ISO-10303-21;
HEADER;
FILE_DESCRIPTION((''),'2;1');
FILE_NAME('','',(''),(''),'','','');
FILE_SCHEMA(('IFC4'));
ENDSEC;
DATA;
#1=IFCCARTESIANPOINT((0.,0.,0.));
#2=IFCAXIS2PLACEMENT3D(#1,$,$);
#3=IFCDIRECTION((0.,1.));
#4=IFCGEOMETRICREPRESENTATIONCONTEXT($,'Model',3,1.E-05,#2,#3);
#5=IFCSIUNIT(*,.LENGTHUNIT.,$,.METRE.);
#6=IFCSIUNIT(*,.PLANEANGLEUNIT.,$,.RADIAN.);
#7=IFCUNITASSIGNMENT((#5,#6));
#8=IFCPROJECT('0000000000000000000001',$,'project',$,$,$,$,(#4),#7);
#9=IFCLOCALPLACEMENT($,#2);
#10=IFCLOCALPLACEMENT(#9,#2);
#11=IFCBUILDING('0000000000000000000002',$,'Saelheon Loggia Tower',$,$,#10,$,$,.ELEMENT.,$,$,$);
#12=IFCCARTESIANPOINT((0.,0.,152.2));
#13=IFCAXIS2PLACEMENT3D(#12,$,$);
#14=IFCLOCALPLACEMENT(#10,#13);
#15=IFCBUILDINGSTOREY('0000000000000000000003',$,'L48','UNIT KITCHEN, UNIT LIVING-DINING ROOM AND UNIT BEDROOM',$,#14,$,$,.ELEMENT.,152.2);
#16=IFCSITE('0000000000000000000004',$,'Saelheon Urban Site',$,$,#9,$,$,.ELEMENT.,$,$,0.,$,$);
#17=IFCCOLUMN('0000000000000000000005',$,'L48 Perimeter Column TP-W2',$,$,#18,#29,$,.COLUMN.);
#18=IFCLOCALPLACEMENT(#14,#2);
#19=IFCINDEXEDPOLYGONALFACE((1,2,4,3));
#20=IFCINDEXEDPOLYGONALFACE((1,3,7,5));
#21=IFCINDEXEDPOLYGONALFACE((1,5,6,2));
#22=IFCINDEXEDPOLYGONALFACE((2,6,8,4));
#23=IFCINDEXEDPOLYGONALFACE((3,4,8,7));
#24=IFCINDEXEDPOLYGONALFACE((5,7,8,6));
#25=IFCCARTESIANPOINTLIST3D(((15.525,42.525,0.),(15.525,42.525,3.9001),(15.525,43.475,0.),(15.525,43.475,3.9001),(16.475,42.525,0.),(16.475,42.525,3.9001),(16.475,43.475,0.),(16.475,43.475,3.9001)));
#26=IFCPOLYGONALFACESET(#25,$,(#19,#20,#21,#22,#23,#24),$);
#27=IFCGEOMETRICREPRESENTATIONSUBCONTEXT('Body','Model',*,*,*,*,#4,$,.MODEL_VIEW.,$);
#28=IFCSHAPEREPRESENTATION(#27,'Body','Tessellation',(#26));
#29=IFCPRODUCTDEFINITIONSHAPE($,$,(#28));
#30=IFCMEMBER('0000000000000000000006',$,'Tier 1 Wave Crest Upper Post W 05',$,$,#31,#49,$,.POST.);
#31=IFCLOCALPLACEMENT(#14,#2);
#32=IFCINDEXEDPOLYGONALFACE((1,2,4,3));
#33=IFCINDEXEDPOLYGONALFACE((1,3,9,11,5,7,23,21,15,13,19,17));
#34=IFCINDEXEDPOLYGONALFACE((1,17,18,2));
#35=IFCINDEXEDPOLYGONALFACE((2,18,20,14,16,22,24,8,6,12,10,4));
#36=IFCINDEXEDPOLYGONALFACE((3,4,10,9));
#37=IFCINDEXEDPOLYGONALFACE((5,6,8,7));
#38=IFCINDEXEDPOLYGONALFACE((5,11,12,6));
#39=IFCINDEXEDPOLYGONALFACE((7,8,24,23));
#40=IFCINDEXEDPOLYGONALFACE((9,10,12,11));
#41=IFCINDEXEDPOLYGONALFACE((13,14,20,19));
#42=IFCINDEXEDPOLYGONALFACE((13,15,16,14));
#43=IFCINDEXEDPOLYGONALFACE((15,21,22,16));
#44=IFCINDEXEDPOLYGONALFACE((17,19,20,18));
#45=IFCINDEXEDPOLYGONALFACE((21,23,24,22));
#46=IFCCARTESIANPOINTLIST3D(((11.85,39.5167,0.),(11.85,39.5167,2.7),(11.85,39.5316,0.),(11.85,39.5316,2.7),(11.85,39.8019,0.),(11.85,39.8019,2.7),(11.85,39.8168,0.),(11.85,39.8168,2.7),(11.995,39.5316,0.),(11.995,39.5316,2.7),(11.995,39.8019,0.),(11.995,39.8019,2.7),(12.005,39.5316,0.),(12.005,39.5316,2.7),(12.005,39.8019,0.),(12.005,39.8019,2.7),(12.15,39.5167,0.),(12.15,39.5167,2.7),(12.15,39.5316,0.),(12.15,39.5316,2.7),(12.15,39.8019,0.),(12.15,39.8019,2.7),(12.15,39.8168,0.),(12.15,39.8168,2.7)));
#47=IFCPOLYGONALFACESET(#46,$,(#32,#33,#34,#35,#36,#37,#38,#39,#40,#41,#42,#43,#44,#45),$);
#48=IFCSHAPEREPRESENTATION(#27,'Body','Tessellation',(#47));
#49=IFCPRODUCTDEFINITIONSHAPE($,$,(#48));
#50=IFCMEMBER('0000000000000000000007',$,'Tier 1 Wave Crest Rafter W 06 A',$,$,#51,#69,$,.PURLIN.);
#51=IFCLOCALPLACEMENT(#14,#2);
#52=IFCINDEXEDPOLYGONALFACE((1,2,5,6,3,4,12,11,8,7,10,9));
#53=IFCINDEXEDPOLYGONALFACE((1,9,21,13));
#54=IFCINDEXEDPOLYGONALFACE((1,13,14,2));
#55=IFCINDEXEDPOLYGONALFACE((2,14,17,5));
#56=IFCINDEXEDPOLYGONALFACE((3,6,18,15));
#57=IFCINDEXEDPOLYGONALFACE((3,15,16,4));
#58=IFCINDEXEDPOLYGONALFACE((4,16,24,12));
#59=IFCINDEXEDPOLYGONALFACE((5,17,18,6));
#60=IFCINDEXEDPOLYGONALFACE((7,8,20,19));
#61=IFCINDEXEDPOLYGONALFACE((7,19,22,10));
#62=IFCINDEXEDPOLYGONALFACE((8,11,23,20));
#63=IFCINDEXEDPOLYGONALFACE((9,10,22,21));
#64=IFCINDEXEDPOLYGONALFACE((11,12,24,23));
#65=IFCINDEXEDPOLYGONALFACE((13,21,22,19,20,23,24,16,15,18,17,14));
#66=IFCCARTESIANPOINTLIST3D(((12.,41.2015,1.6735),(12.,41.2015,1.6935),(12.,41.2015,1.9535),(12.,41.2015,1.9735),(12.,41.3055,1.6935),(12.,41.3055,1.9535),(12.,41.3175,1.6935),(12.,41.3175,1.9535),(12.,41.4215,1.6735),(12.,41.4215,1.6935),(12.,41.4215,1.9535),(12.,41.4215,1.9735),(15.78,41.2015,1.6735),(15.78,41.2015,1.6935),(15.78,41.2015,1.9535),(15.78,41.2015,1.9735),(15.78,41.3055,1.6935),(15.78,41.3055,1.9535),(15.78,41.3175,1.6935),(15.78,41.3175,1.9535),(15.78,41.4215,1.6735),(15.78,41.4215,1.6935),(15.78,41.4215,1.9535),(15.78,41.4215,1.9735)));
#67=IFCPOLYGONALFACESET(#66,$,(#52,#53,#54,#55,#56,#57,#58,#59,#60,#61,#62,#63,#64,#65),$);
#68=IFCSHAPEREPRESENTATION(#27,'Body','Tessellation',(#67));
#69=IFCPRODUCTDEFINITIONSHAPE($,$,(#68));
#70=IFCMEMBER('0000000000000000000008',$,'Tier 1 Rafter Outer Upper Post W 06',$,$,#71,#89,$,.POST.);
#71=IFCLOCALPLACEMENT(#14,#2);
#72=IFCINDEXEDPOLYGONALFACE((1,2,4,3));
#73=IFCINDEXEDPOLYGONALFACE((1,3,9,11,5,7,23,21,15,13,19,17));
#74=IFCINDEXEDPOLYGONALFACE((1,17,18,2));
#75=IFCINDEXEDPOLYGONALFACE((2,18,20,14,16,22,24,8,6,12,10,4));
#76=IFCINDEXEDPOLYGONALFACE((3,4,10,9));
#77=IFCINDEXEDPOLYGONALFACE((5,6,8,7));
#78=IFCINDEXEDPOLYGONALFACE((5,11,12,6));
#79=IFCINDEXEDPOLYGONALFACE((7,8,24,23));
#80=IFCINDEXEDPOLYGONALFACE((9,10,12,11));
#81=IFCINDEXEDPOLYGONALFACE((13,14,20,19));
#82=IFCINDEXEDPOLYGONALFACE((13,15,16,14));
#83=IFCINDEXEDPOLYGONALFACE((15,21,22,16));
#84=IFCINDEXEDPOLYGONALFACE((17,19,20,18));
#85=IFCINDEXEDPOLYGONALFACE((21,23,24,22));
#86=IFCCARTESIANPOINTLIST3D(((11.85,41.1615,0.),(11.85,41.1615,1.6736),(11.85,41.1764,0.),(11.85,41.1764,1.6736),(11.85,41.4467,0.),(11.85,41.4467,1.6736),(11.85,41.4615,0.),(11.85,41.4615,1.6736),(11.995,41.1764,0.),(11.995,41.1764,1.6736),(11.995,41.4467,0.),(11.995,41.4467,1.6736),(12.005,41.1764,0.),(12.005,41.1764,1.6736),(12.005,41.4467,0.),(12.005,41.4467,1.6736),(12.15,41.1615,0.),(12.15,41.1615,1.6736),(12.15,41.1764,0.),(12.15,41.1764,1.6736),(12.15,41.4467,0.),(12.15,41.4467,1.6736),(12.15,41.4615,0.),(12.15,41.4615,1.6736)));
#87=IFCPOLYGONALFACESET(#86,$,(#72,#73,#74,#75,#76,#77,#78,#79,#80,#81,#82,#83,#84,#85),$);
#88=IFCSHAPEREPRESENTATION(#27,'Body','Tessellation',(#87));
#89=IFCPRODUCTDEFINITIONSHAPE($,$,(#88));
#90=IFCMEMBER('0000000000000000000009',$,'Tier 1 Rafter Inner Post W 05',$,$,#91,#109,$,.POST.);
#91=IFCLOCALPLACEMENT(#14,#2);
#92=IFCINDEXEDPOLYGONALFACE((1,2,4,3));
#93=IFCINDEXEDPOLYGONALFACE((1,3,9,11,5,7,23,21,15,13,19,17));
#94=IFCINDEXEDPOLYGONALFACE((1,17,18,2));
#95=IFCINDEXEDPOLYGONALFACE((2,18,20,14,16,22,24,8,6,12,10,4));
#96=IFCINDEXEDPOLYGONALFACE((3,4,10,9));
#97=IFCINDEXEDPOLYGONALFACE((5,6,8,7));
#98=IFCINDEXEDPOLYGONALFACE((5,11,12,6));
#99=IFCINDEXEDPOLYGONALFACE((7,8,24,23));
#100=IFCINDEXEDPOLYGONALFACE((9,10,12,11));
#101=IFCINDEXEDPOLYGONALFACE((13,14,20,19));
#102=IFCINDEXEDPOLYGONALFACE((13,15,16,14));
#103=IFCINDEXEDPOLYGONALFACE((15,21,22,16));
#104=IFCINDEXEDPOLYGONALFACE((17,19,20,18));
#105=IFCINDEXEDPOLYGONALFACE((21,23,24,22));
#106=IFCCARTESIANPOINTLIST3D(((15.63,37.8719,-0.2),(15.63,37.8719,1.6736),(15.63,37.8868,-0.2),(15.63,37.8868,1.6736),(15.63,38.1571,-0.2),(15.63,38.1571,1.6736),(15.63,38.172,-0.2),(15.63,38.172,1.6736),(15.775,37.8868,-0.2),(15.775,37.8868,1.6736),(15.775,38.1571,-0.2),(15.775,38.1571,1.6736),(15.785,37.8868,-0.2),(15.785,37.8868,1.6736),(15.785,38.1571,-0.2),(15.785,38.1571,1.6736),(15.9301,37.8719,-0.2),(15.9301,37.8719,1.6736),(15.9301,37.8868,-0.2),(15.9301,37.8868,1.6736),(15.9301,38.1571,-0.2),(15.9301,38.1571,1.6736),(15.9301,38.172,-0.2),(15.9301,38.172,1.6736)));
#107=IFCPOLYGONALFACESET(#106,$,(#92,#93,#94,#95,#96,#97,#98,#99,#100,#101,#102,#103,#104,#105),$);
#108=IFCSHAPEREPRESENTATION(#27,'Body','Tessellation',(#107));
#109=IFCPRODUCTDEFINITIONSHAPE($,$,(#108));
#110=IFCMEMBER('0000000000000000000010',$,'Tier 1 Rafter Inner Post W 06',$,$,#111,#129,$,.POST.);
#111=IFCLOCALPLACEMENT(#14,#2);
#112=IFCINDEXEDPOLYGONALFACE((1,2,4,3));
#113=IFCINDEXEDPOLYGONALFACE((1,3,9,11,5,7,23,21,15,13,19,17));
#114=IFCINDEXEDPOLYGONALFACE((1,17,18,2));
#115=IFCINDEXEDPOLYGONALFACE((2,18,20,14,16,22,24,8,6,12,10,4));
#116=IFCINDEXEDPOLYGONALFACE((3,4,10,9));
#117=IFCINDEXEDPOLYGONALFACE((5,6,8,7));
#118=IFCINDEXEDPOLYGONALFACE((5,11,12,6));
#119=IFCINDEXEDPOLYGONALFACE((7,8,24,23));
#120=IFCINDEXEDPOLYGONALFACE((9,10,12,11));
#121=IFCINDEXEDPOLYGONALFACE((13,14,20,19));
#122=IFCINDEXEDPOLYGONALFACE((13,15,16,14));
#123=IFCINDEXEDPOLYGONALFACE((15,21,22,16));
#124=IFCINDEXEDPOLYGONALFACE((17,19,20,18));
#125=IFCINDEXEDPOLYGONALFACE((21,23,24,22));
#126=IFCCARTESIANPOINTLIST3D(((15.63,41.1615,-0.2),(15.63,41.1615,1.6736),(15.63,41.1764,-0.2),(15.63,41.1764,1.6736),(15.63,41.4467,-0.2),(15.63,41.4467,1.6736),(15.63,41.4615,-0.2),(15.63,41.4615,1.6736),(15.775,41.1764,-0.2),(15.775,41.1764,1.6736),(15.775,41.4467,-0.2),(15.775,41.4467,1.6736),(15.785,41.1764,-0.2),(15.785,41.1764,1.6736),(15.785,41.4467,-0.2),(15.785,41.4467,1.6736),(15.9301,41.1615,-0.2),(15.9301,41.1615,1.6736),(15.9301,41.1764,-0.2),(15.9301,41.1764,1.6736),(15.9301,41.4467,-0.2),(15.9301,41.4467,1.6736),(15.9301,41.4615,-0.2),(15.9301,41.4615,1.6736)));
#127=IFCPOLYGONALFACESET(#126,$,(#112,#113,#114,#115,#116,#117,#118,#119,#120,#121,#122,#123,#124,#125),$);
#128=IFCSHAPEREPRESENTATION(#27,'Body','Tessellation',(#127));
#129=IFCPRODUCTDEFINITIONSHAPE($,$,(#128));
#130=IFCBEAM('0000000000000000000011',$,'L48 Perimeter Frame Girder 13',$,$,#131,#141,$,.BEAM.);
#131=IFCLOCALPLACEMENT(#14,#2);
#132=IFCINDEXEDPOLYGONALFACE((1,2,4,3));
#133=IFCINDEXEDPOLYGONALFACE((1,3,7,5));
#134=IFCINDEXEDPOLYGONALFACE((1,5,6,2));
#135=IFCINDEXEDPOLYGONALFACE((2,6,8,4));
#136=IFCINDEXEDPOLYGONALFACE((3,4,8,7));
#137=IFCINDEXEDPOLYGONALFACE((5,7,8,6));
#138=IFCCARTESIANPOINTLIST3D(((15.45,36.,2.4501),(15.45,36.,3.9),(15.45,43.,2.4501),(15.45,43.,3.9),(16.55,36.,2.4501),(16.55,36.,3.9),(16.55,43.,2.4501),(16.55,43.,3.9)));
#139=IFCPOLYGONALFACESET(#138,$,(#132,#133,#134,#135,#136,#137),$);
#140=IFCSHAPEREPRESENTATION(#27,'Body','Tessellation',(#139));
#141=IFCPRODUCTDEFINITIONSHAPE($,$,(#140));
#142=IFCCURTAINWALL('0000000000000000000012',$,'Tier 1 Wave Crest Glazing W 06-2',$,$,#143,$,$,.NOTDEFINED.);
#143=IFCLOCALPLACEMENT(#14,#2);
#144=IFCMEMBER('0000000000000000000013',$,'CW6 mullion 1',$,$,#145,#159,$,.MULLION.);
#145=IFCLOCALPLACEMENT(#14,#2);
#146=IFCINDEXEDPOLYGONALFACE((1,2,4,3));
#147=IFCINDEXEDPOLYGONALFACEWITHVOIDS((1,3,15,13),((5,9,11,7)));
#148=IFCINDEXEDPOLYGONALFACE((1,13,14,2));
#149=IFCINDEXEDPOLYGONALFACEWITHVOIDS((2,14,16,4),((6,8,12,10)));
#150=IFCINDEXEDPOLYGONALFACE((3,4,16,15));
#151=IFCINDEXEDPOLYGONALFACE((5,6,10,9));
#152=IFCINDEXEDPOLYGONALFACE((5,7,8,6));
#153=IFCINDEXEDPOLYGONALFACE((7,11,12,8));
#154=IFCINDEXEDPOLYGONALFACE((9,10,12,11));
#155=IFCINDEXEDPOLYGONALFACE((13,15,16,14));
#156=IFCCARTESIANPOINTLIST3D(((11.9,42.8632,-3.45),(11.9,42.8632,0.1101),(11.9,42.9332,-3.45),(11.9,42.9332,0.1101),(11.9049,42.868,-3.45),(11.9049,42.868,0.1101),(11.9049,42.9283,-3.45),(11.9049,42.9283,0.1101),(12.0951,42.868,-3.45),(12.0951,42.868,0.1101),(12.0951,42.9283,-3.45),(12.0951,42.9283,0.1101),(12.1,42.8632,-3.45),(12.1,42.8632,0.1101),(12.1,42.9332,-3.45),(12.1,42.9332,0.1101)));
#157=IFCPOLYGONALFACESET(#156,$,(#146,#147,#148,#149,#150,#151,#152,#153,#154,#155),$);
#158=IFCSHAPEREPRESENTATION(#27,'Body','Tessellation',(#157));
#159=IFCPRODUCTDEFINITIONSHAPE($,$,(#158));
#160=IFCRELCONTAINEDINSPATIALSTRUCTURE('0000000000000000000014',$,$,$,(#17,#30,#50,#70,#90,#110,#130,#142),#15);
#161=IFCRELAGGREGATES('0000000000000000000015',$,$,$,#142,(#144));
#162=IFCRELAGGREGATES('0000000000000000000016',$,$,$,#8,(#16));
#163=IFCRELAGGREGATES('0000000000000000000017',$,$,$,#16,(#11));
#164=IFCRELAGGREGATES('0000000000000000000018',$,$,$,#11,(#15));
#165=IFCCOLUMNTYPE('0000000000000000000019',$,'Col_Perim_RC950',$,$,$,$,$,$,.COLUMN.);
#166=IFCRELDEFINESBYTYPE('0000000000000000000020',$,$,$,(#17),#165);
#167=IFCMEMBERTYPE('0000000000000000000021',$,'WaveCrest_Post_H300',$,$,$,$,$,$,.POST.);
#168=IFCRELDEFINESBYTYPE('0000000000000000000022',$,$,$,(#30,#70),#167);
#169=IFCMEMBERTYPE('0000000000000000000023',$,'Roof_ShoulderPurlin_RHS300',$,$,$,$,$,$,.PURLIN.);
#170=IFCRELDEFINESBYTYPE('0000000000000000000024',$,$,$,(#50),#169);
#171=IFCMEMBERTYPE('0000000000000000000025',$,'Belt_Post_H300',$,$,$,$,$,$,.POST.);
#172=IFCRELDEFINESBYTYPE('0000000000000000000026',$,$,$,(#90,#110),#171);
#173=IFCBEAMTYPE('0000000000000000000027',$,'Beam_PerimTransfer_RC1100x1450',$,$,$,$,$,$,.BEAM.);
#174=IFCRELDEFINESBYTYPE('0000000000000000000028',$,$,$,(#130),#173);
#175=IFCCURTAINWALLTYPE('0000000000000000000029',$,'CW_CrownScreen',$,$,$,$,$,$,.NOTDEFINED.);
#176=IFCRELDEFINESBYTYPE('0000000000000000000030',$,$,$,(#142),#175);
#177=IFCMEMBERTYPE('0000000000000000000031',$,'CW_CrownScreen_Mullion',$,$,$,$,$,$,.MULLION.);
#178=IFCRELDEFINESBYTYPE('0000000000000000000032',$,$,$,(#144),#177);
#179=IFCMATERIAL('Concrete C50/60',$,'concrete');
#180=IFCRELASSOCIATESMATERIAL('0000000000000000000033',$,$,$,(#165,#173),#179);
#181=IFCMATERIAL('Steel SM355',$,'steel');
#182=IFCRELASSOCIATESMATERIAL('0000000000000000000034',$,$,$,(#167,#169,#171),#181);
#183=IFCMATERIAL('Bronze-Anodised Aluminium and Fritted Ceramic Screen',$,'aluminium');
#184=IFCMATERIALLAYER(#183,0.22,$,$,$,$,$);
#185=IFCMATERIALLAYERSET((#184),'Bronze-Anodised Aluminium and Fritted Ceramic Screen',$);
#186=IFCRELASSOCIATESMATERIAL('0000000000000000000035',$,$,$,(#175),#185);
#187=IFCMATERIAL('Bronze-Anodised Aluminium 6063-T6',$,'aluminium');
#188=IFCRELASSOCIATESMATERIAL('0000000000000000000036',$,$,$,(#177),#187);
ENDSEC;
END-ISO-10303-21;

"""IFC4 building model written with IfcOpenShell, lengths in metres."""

from ifc_helpers import new_model, si_unit, direction, frame, origin, origin_2d, place, context, subcontext, project, spatial, rectangle, hollow_rectangle, i_section, extrude, source, transform, mapped, material, layer, layer_set, material_profile, profile_set, type_object, element, aggregate, save


model = new_model("IFC4")

# Units and contexts
model_context = context("Model", 3, precision=1e-05, world=origin(), true_north=direction((0.0, 1.0)))
body_context = subcontext(model_context, "Body", "Model", "MODEL_VIEW")
ifc_project = project(units=[si_unit("LENGTHUNIT", "METRE"), si_unit("PLANEANGLEUNIT", "RADIAN")], contexts=[model_context])

# Site, building, storey
site_placement = place(None, origin())
site = spatial("IfcSite", under=ifc_project, at=site_placement, Name="Saelheon Urban Site", CompositionType="ELEMENT", RefElevation=0.0)
building_placement = place(site_placement, origin())
building = spatial("IfcBuilding", under=site, at=building_placement, Name="Saelheon Loggia Tower", CompositionType="ELEMENT")
storey_placement = place(building_placement, frame((0.0, 0.0, 152.2)))
storey = spatial("IfcBuildingStorey", under=building, at=storey_placement, Name="L48", Description="UNIT KITCHEN, UNIT LIVING-DINING ROOM AND UNIT BEDROOM", CompositionType="ELEMENT", Elevation=152.2)

# Column
ifc_material_1 = material(Name="Concrete C50/60", Category="concrete")
ifc_material_profile_1 = material_profile(ifc_material_1, rectangle(XDim=0.95, YDim=0.95, at=origin_2d()), Name="RC-950x950")
ifc_profile_set_1 = profile_set([ifc_material_profile_1], Name="Concrete C50/60")
column_type = type_object("IfcColumnType", Name="Col_Perim_RC950", PredefinedType="COLUMN", material=ifc_profile_set_1)
shared_shape_1 = source(origin(), body_context, "Body", "SweptSolid", [
    extrude(rectangle(XDim=0.95, YDim=0.95, at=origin_2d()), origin(), (0.0, 0.0, 1.0), 3.9001),
])
column_placement = place(storey_placement, frame((16.0, 43.0, 0.0), z_axis=(0.0, 0.0, 1.0), x_axis=(1.0, 0.0, 0.0)))
element("IfcColumn", 1, at=column_placement, inside=storey, type_object=column_type, Name="L48 Perimeter Column TP-W2", PredefinedType="COLUMN", context=body_context, shape_type="MappedRepresentation", body=[
    mapped(shared_shape_1, transform((0.0, 0.0, 0.0), scale=1.0)),
])

# Members
ifc_material_2 = material(Name="Steel SM355", Category="steel")
ifc_material_profile_2 = material_profile(ifc_material_2, i_section(OverallWidth=0.3, OverallDepth=0.3, WebThickness=0.01, FlangeThickness=0.0149, at=origin_2d()), Name="H-300x300x10x15")
ifc_profile_set_2 = profile_set([ifc_material_profile_2], Name="Steel SM355")
member_type_1 = type_object("IfcMemberType", Name="WaveCrest_Post_H300", PredefinedType="POST", material=ifc_profile_set_2)
shared_shape_2 = source(origin(), body_context, "Body", "SweptSolid", [
    extrude(i_section(OverallWidth=0.3, OverallDepth=0.3, WebThickness=0.01, FlangeThickness=0.0149, at=origin_2d()), origin(), (0.0, 0.0, 1.0), 2.7),
])
member_1_placement = place(storey_placement, frame((12.0, 39.6667, 0.0), z_axis=(0.0, 0.0, 1.0), x_axis=(1.0, 0.0, 0.0)))
element("IfcMember", 2, at=member_1_placement, inside=storey, type_object=member_type_1, Name="Tier 1 Wave Crest Upper Post W 05", PredefinedType="POST", context=body_context, shape_type="MappedRepresentation", body=[
    mapped(shared_shape_2, transform((0.0, 0.0, 0.0), scale=1.0)),
])
ifc_material_profile_3 = material_profile(ifc_material_2, i_section(OverallWidth=0.22, OverallDepth=0.3, WebThickness=0.012, FlangeThickness=0.02, at=origin_2d()), Name="H-300x220x12x20")
ifc_profile_set_3 = profile_set([ifc_material_profile_3], Name="Steel SM355")
member_type_2 = type_object("IfcMemberType", Name="Roof_ShoulderPurlin_RHS300", PredefinedType="PURLIN", material=ifc_profile_set_3)
shared_shape_3 = source(origin(), body_context, "Body", "SweptSolid", [
    extrude(i_section(OverallWidth=0.22, OverallDepth=0.3, WebThickness=0.012, FlangeThickness=0.02, at=origin_2d()), origin(), (0.0, 0.0, 1.0), 3.78),
])
member_2_placement = place(storey_placement, frame((12.0, 41.3115, 1.8235), z_axis=(1.0, 0.0, 0.0), x_axis=(0.0, 1.0, 0.0)))
element("IfcMember", 3, at=member_2_placement, inside=storey, type_object=member_type_2, Name="Tier 1 Wave Crest Rafter W 06 A", PredefinedType="PURLIN", context=body_context, shape_type="MappedRepresentation", body=[
    mapped(shared_shape_3, transform((0.0, 0.0, 0.0), scale=1.0)),
])
shared_shape_4 = source(origin(), body_context, "Body", "SweptSolid", [
    extrude(i_section(OverallWidth=0.3, OverallDepth=0.3, WebThickness=0.01, FlangeThickness=0.0149, at=origin_2d()), origin(), (0.0, 0.0, 1.0), 1.6736),
])
member_3_placement = place(storey_placement, frame((12.0, 41.3115, 0.0), z_axis=(0.0, 0.0, 1.0), x_axis=(1.0, 0.0, 0.0)))
element("IfcMember", 4, at=member_3_placement, inside=storey, type_object=member_type_1, Name="Tier 1 Rafter Outer Upper Post W 06", PredefinedType="POST", context=body_context, shape_type="MappedRepresentation", body=[
    mapped(shared_shape_4, transform((0.0, 0.0, 0.0), scale=1.0)),
])
ifc_material_profile_4 = material_profile(ifc_material_2, i_section(OverallWidth=0.3, OverallDepth=0.3, WebThickness=0.01, FlangeThickness=0.0149, at=origin_2d()), Name="H-300x300x10x15")
ifc_profile_set_4 = profile_set([ifc_material_profile_4], Name="Steel SM355")
member_type_3 = type_object("IfcMemberType", Name="Belt_Post_H300", PredefinedType="POST", material=ifc_profile_set_4)
shared_shape_5 = source(origin(), body_context, "Body", "SweptSolid", [
    extrude(i_section(OverallWidth=0.3, OverallDepth=0.3, WebThickness=0.01, FlangeThickness=0.0149, at=origin_2d()), origin(), (0.0, 0.0, 1.0), 1.8735),
])
for number, where, z_axis, x_axis, name in (
    (5, (15.78, 38.022, -0.2), (0.0, 0.0, 1.0), (1.0, 0.0, 0.0), "Tier 1 Rafter Inner Post W 05"),
    (6, (15.78, 41.3115, -0.2), (0.0, 0.0, 1.0), (1.0, 0.0, 0.0), "Tier 1 Rafter Inner Post W 06"),
):
    element("IfcMember", number, at=place(storey_placement, frame(where, z_axis=z_axis, x_axis=x_axis)), inside=storey, type_object=member_type_3, Name=name, PredefinedType="POST", context=body_context, shape_type="MappedRepresentation", body=[
        mapped(shared_shape_5, transform((0.0, 0.0, 0.0), scale=1.0)),
    ])

# Beam
ifc_material_profile_5 = material_profile(ifc_material_1, rectangle(XDim=1.1001, YDim=1.45, at=origin_2d()), Name="RC-1100x1450")
ifc_profile_set_5 = profile_set([ifc_material_profile_5], Name="Concrete C50/60")
beam_type = type_object("IfcBeamType", Name="Beam_PerimTransfer_RC1100x1450", PredefinedType="BEAM", material=ifc_profile_set_5)
shared_shape_6 = source(origin(), body_context, "Body", "SweptSolid", [
    extrude(rectangle(XDim=1.1001, YDim=1.45, at=origin_2d()), origin(), (0.0, 0.0, 1.0), 7.0),
])
beam_placement = place(storey_placement, frame((16.0, 43.0, 3.175), z_axis=(0.0, -1.0, 0.0), x_axis=(1.0, 0.0, 0.0)))
element("IfcBeam", 7, at=beam_placement, inside=storey, type_object=beam_type, Name="L48 Perimeter Frame Girder 13", PredefinedType="BEAM", context=body_context, shape_type="MappedRepresentation", body=[
    mapped(shared_shape_6, transform((0.0, 0.0, 0.0), scale=1.0)),
])

# Curtain wall, member
ifc_material_3 = material(Name="Bronze-Anodised Aluminium and Fritted Ceramic Screen", Category="aluminium")
ifc_layer_1 = layer(ifc_material_3, 0.22)
ifc_layer_set_1 = layer_set([ifc_layer_1], Name="Bronze-Anodised Aluminium and Fritted Ceramic Screen")
curtain_wall_type = type_object("IfcCurtainWallType", Name="CW_CrownScreen", PredefinedType="NOTDEFINED", material=ifc_layer_set_1)
curtain_wall_1_placement = place(storey_placement, origin())
curtain_wall_1 = element("IfcCurtainWall", 8, at=curtain_wall_1_placement, inside=storey, type_object=curtain_wall_type, Name="Tier 1 Wave Crest Glazing W 06-2", PredefinedType="NOTDEFINED")
ifc_material_4 = material(Name="Bronze-Anodised Aluminium 6063-T6", Category="aluminium")
ifc_material_profile_6 = material_profile(ifc_material_4, hollow_rectangle(XDim=0.0701, YDim=0.2, WallThickness=0.0049, at=origin_2d()), Name="RHS-200x70x5")
ifc_profile_set_6 = profile_set([ifc_material_profile_6], Name="Bronze-Anodised Aluminium 6063-T6")
member_type_4 = type_object("IfcMemberType", Name="CW_CrownScreen_Mullion", PredefinedType="MULLION", material=ifc_profile_set_6)
shared_shape_7 = source(origin(), body_context, "Body", "SweptSolid", [
    extrude(hollow_rectangle(XDim=0.0701, YDim=0.2, WallThickness=0.0049, at=origin_2d()), origin(), (0.0, 0.0, 1.0), 3.5601),
])
member_4_placement = place(storey_placement, frame((12.0, 42.8982, -3.45), z_axis=(0.0, 0.0, 1.0), x_axis=(0.0, 1.0, 0.0)))
member_4 = element("IfcMember", 9, at=member_4_placement, type_object=member_type_4, Name="CW6 mullion 1", PredefinedType="MULLION", context=body_context, shape_type="MappedRepresentation", body=[
    mapped(shared_shape_7, transform((0.0, 0.0, 0.0), scale=1.0)),
])

aggregate(curtain_wall_1, [member_4])

save(model, "model.ifc")
